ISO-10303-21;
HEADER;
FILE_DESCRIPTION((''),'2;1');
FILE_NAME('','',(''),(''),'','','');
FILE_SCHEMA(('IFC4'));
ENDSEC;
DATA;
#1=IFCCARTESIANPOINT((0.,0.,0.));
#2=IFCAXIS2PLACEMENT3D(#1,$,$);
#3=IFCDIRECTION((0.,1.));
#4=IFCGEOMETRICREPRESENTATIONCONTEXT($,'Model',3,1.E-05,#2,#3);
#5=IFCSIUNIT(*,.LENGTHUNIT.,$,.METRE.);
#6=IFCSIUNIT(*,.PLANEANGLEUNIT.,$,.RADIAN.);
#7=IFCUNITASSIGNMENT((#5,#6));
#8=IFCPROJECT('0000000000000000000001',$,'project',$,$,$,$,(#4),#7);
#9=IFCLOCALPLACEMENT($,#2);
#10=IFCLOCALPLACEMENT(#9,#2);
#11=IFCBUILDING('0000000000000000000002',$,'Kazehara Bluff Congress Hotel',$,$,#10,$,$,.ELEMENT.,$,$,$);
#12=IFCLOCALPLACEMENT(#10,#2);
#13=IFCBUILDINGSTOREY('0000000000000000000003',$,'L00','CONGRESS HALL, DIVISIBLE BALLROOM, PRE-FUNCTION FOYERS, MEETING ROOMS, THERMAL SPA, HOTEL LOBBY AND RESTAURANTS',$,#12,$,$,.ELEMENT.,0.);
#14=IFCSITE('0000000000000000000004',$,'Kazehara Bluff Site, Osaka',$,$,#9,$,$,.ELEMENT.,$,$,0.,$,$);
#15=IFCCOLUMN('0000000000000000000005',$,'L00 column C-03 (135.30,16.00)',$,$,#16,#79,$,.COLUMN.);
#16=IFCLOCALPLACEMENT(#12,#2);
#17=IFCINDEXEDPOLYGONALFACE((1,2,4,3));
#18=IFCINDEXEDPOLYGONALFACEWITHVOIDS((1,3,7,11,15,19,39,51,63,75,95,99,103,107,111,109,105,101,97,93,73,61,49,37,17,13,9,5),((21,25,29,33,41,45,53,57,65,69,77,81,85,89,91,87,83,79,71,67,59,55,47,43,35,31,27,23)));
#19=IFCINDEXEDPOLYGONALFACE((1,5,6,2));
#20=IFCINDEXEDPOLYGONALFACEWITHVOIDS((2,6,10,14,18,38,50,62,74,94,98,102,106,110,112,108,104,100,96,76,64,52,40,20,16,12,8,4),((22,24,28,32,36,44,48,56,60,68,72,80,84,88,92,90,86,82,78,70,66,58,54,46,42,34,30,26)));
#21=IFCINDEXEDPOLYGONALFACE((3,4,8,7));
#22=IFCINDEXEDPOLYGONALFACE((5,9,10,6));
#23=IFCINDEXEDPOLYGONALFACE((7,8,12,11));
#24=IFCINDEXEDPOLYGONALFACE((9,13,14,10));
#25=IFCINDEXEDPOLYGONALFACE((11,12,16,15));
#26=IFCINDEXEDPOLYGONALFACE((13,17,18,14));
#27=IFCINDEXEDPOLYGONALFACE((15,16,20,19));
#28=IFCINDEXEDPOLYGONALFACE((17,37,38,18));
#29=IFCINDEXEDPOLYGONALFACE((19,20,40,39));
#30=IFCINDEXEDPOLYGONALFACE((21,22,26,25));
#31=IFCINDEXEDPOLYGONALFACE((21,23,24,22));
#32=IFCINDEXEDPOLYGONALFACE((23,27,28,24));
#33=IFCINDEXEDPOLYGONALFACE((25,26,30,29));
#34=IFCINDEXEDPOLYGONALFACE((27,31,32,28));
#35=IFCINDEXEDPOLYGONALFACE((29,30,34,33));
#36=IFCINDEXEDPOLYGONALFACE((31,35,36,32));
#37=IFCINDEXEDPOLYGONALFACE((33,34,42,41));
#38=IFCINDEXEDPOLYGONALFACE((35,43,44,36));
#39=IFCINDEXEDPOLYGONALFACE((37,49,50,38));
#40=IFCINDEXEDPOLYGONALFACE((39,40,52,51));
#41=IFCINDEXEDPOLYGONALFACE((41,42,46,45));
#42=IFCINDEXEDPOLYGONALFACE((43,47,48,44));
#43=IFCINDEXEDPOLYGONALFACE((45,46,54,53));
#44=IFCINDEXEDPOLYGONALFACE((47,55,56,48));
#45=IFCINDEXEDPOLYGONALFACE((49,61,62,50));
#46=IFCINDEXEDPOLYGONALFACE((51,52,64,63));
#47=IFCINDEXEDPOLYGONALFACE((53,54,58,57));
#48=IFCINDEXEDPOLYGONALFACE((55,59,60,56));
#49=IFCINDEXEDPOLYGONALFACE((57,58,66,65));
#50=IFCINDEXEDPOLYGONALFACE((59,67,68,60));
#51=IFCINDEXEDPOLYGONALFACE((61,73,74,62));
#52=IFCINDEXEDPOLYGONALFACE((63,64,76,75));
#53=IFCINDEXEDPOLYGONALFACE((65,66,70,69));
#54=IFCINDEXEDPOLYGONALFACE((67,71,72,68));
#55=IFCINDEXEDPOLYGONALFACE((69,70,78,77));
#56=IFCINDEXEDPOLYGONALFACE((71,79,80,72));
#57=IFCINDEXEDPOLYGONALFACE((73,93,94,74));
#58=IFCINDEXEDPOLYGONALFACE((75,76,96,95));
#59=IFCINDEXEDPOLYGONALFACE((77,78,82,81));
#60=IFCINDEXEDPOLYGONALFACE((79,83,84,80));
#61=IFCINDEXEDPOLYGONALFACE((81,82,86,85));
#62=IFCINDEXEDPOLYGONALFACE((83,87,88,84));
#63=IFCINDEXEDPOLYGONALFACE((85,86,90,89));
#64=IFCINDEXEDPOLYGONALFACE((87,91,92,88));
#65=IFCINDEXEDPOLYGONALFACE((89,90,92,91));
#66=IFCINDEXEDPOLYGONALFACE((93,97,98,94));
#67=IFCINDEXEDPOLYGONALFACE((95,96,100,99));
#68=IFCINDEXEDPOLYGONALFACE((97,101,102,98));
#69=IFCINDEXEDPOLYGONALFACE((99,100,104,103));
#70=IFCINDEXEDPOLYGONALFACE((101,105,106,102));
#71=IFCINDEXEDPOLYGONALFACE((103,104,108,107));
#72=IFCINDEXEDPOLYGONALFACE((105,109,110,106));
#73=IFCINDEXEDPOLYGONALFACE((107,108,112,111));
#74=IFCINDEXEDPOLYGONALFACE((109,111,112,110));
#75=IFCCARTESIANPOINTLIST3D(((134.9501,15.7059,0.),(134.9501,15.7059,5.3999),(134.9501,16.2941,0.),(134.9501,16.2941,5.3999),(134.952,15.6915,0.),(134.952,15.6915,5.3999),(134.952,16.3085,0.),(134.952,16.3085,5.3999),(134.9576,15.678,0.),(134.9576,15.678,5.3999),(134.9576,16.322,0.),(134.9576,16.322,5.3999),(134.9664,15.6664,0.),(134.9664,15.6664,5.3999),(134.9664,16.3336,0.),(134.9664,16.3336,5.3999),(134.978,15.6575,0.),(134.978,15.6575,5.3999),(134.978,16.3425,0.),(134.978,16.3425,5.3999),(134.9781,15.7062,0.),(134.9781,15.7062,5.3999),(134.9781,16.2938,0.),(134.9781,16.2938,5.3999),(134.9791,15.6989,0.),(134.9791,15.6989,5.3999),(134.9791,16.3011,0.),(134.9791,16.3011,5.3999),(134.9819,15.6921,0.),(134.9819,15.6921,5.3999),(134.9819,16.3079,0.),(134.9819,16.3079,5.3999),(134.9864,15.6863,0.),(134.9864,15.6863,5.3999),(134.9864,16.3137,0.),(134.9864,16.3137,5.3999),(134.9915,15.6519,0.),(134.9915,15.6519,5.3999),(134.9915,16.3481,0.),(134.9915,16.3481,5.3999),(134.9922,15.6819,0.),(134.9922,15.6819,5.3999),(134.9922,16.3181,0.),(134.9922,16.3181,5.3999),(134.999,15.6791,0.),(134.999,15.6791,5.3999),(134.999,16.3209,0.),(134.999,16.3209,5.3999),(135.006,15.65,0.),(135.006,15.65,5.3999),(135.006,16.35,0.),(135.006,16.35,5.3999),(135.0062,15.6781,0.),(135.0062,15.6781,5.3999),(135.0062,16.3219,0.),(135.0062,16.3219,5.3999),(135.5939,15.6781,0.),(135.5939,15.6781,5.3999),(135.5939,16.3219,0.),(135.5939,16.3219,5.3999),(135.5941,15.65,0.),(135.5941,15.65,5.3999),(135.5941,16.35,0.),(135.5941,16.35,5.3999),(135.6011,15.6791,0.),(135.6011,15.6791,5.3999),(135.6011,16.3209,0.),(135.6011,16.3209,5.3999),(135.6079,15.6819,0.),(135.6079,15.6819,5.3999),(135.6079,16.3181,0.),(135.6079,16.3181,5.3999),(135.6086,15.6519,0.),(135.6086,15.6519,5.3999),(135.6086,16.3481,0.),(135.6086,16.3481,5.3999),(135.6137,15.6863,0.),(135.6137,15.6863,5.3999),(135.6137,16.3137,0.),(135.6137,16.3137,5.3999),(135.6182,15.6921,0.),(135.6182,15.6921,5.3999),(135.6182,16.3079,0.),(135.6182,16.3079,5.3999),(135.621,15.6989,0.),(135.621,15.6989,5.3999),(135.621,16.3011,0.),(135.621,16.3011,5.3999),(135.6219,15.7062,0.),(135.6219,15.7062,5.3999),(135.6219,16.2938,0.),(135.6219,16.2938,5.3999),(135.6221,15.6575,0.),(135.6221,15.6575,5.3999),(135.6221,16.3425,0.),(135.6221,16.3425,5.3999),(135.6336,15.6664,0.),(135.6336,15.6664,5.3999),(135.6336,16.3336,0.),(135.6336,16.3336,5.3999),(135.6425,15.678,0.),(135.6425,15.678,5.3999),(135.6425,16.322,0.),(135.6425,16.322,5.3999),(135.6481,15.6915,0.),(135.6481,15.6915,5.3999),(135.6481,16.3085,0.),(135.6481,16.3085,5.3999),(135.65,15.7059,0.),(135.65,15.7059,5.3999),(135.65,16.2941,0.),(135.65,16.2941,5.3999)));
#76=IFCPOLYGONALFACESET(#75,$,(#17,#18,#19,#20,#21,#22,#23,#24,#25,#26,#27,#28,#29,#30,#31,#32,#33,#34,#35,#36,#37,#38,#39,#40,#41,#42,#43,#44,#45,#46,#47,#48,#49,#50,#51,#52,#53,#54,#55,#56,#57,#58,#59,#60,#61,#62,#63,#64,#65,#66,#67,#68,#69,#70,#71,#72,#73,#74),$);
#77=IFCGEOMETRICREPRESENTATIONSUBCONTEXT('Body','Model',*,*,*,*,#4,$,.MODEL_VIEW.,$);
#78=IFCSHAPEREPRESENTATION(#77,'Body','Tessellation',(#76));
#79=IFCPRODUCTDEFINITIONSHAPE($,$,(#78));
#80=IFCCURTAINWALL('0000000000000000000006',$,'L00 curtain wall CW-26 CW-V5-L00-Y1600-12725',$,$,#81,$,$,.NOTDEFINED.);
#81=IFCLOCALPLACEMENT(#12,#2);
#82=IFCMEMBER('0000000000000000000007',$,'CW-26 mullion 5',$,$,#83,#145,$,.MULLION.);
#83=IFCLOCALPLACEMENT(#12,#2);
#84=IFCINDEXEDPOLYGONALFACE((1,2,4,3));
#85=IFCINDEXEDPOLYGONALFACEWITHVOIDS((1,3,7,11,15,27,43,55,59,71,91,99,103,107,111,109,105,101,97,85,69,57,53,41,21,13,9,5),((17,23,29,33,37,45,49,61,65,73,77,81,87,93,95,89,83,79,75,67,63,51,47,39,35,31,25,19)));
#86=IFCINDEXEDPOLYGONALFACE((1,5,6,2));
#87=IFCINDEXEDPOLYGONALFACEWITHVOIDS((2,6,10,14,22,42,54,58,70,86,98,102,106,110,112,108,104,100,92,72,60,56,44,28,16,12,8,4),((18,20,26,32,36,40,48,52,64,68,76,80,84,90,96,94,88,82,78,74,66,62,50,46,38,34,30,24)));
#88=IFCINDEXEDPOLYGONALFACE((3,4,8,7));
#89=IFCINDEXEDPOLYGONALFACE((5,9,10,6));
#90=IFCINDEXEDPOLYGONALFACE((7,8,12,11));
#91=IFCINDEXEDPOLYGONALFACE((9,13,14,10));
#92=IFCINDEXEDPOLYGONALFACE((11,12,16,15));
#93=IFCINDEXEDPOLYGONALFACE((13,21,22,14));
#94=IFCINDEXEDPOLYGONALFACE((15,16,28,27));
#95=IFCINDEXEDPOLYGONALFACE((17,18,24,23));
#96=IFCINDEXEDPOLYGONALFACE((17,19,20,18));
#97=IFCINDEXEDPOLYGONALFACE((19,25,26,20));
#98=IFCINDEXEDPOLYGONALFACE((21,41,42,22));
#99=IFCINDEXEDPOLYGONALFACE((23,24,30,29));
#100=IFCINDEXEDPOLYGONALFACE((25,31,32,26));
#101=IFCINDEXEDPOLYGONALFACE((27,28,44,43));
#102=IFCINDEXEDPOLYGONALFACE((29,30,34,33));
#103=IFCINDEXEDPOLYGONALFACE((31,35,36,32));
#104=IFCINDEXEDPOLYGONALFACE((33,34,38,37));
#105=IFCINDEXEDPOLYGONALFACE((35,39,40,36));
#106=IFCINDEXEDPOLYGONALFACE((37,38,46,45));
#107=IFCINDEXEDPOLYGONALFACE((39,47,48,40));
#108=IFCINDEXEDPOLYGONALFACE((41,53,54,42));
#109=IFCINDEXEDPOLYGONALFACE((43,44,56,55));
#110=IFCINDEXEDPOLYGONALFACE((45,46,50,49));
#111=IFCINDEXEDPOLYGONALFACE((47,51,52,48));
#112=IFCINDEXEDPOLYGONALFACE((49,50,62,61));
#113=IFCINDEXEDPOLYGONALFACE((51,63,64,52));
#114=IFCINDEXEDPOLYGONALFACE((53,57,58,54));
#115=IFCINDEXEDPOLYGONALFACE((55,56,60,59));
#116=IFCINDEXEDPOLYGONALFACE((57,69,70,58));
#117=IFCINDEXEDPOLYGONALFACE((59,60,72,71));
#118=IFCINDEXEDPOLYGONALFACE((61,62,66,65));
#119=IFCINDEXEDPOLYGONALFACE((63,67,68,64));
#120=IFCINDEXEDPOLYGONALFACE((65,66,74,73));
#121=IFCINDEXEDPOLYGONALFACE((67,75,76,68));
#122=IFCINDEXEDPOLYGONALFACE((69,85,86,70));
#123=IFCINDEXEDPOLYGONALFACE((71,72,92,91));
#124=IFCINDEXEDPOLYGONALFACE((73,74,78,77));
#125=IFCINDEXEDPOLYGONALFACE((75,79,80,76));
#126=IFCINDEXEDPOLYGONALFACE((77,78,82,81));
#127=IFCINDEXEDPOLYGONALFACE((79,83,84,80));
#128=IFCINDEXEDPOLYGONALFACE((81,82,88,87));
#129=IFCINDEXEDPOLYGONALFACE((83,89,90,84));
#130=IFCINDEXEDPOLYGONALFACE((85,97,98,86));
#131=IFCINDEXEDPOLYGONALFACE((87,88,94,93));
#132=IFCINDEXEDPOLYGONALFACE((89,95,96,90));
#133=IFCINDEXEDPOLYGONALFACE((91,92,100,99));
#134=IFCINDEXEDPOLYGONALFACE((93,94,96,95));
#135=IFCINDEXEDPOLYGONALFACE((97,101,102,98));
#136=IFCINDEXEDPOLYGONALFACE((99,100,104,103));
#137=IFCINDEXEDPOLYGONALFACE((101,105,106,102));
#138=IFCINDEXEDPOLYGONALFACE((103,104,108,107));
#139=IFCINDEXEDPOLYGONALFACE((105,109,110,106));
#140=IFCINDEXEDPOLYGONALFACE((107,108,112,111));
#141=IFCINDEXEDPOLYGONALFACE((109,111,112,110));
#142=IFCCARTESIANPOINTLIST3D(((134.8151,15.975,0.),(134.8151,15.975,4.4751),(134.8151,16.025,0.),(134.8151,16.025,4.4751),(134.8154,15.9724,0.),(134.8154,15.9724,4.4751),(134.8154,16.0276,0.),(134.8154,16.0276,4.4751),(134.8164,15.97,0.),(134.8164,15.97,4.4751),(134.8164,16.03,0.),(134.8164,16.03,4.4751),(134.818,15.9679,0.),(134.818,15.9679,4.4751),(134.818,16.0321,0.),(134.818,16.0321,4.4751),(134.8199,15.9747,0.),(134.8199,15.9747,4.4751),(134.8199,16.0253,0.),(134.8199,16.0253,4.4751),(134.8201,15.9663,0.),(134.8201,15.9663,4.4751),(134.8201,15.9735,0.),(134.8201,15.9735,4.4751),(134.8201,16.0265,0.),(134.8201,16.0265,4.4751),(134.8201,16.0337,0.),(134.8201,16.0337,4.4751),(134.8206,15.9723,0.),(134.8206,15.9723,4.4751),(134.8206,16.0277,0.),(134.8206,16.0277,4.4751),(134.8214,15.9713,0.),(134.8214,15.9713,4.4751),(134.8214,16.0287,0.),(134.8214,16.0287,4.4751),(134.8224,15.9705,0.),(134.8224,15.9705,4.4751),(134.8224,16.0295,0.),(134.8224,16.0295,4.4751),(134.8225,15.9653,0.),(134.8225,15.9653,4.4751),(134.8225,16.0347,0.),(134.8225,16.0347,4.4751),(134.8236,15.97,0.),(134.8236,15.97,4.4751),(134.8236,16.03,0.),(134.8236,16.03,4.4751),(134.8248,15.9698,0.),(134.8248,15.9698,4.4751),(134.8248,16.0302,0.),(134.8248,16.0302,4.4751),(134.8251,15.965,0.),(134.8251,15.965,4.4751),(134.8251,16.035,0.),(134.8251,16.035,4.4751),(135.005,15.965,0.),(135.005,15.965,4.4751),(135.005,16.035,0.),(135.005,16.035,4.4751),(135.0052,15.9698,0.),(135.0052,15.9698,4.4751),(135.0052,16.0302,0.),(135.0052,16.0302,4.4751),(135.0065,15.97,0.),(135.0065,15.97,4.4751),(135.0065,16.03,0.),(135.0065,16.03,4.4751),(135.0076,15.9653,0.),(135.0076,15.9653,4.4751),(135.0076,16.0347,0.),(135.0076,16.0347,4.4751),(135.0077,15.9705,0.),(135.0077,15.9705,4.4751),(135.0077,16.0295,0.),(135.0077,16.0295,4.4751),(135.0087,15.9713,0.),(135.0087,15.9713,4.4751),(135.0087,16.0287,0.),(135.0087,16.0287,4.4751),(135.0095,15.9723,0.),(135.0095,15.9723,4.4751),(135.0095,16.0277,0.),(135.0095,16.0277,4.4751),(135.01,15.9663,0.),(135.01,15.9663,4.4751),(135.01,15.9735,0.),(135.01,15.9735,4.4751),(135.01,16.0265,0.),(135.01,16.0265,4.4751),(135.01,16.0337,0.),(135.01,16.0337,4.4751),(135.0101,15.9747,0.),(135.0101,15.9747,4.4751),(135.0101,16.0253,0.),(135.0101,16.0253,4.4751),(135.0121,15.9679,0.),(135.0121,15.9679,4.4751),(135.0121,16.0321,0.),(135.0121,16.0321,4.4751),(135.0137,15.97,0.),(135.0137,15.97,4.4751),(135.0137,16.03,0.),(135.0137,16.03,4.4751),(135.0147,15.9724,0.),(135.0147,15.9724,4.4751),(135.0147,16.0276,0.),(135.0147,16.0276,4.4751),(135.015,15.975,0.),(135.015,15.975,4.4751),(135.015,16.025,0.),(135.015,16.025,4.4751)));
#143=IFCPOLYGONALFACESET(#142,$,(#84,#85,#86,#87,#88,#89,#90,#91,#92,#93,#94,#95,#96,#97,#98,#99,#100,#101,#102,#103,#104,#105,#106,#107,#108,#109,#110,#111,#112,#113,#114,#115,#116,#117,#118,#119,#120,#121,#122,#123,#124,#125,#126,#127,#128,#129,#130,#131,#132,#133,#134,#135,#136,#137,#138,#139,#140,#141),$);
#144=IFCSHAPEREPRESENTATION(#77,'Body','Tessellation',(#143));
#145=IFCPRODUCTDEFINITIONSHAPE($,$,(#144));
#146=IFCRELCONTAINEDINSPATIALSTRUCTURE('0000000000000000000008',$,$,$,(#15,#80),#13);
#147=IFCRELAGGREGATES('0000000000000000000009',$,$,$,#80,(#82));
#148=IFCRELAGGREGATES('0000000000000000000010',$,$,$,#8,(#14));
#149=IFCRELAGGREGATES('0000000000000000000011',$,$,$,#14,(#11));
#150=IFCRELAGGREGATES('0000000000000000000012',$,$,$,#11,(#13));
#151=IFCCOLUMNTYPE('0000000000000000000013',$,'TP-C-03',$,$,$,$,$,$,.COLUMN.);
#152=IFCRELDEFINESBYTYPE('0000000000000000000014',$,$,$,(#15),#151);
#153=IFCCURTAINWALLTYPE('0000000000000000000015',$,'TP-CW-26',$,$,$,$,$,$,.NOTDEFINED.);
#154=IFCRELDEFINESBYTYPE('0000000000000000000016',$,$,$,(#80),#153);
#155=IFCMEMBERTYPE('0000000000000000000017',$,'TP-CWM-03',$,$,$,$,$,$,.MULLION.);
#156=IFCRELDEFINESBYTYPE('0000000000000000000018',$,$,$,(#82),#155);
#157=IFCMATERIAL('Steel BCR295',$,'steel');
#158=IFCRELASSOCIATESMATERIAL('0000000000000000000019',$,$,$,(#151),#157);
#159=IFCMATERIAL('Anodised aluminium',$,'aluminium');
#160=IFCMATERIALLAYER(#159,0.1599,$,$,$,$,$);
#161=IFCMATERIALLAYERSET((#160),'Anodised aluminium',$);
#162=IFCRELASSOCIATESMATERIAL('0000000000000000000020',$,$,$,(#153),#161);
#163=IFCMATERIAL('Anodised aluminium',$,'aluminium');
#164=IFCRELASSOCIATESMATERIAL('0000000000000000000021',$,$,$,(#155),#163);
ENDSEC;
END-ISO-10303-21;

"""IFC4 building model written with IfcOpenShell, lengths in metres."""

from ifc_helpers import new_model, si_unit, direction, frame, origin, origin_2d, place, context, subcontext, project, spatial, hollow_rectangle, extrude, material, layer, layer_set, material_profile, profile_set, type_object, element, aggregate, save


model = new_model("IFC4")

# Units and contexts
model_context = context("Model", 3, precision=1e-05, world=origin(), true_north=direction((0.0, 1.0)))
body_context = subcontext(model_context, "Body", "Model", "MODEL_VIEW")
ifc_project = project(units=[si_unit("LENGTHUNIT", "METRE"), si_unit("PLANEANGLEUNIT", "RADIAN")], contexts=[model_context])

# Site, building, storey
site_placement = place(None, origin())
site = spatial("IfcSite", under=ifc_project, at=site_placement, Name="Kazehara Bluff Site, Osaka", CompositionType="ELEMENT", RefElevation=0.0)
building_placement = place(site_placement, origin())
building = spatial("IfcBuilding", under=site, at=building_placement, Name="Kazehara Bluff Congress Hotel", CompositionType="ELEMENT")
storey_placement = place(building_placement, origin())
storey = spatial("IfcBuildingStorey", under=building, at=storey_placement, Name="L00", Description="CONGRESS HALL, DIVISIBLE BALLROOM, PRE-FUNCTION FOYERS, MEETING ROOMS, THERMAL SPA, HOTEL LOBBY AND RESTAURANTS", CompositionType="ELEMENT", Elevation=0.0)

# Column
ifc_material_1 = material(Name="Steel BCR295", Category="steel")
ifc_material_profile_1 = material_profile(ifc_material_1, hollow_rectangle(XDim=0.7, YDim=0.7, WallThickness=0.0281, InnerFilletRadius=0.0281, OuterFilletRadius=0.0559, at=origin_2d()))
ifc_profile_set_1 = profile_set([ifc_material_profile_1], Name="Steel BCR295")
column_type = type_object("IfcColumnType", Name="TP-C-03", PredefinedType="COLUMN", material=ifc_profile_set_1)
column_placement = place(storey_placement, frame((135.3, 16.0, 0.0), z_axis=(0.0, 0.0, 1.0), x_axis=(1.0, 0.0, 0.0)))
element("IfcColumn", 1, at=column_placement, inside=storey, type_object=column_type, Name="L00 column C-03 (135.30,16.00)", PredefinedType="COLUMN", context=body_context, shape_type="SweptSolid", body=[
    extrude(hollow_rectangle(XDim=0.7, YDim=0.7, WallThickness=0.0281, InnerFilletRadius=0.0281, OuterFilletRadius=0.0559, at=origin_2d()), origin(), (0.0, 0.0, 1.0), 5.3999),
])

# Curtain wall, member
ifc_material_2 = material(Name="Anodised aluminium", Category="aluminium")
ifc_layer_1 = layer(ifc_material_2, 0.1599)
ifc_layer_set_1 = layer_set([ifc_layer_1], Name="Anodised aluminium")
curtain_wall_type_1 = type_object("IfcCurtainWallType", Name="TP-CW-26", PredefinedType="NOTDEFINED", material=ifc_layer_set_1)
curtain_wall_1_placement = place(storey_placement, origin())
curtain_wall_1 = element("IfcCurtainWall", 2, at=curtain_wall_1_placement, inside=storey, type_object=curtain_wall_type_1, Name="L00 curtain wall CW-26 CW-V5-L00-Y1600-12725", PredefinedType="NOTDEFINED")
ifc_material_3 = material(Name="Anodised aluminium", Category="aluminium")
ifc_material_profile_2 = material_profile(ifc_material_3, hollow_rectangle(XDim=0.0701, YDim=0.2, WallThickness=0.0049, InnerFilletRadius=0.0049, OuterFilletRadius=0.01, at=origin_2d()))
ifc_profile_set_2 = profile_set([ifc_material_profile_2], Name="Anodised aluminium")
member_type_1 = type_object("IfcMemberType", Name="TP-CWM-03", PredefinedType="MULLION", material=ifc_profile_set_2)
member_1_placement = place(storey_placement, frame((134.915, 16.0, 0.0), z_axis=(0.0, 0.0, 1.0), x_axis=(0.0, 1.0, 0.0)))
member_1 = element("IfcMember", 3, at=member_1_placement, type_object=member_type_1, Name="CW-26 mullion 5", PredefinedType="MULLION", context=body_context, shape_type="SweptSolid", body=[
    extrude(hollow_rectangle(XDim=0.0701, YDim=0.2, WallThickness=0.0049, InnerFilletRadius=0.0049, OuterFilletRadius=0.01, at=origin_2d()), origin(), (0.0, 0.0, 1.0), 4.4751),
])

aggregate(curtain_wall_1, [member_1])

save(model, "model.ifc")
